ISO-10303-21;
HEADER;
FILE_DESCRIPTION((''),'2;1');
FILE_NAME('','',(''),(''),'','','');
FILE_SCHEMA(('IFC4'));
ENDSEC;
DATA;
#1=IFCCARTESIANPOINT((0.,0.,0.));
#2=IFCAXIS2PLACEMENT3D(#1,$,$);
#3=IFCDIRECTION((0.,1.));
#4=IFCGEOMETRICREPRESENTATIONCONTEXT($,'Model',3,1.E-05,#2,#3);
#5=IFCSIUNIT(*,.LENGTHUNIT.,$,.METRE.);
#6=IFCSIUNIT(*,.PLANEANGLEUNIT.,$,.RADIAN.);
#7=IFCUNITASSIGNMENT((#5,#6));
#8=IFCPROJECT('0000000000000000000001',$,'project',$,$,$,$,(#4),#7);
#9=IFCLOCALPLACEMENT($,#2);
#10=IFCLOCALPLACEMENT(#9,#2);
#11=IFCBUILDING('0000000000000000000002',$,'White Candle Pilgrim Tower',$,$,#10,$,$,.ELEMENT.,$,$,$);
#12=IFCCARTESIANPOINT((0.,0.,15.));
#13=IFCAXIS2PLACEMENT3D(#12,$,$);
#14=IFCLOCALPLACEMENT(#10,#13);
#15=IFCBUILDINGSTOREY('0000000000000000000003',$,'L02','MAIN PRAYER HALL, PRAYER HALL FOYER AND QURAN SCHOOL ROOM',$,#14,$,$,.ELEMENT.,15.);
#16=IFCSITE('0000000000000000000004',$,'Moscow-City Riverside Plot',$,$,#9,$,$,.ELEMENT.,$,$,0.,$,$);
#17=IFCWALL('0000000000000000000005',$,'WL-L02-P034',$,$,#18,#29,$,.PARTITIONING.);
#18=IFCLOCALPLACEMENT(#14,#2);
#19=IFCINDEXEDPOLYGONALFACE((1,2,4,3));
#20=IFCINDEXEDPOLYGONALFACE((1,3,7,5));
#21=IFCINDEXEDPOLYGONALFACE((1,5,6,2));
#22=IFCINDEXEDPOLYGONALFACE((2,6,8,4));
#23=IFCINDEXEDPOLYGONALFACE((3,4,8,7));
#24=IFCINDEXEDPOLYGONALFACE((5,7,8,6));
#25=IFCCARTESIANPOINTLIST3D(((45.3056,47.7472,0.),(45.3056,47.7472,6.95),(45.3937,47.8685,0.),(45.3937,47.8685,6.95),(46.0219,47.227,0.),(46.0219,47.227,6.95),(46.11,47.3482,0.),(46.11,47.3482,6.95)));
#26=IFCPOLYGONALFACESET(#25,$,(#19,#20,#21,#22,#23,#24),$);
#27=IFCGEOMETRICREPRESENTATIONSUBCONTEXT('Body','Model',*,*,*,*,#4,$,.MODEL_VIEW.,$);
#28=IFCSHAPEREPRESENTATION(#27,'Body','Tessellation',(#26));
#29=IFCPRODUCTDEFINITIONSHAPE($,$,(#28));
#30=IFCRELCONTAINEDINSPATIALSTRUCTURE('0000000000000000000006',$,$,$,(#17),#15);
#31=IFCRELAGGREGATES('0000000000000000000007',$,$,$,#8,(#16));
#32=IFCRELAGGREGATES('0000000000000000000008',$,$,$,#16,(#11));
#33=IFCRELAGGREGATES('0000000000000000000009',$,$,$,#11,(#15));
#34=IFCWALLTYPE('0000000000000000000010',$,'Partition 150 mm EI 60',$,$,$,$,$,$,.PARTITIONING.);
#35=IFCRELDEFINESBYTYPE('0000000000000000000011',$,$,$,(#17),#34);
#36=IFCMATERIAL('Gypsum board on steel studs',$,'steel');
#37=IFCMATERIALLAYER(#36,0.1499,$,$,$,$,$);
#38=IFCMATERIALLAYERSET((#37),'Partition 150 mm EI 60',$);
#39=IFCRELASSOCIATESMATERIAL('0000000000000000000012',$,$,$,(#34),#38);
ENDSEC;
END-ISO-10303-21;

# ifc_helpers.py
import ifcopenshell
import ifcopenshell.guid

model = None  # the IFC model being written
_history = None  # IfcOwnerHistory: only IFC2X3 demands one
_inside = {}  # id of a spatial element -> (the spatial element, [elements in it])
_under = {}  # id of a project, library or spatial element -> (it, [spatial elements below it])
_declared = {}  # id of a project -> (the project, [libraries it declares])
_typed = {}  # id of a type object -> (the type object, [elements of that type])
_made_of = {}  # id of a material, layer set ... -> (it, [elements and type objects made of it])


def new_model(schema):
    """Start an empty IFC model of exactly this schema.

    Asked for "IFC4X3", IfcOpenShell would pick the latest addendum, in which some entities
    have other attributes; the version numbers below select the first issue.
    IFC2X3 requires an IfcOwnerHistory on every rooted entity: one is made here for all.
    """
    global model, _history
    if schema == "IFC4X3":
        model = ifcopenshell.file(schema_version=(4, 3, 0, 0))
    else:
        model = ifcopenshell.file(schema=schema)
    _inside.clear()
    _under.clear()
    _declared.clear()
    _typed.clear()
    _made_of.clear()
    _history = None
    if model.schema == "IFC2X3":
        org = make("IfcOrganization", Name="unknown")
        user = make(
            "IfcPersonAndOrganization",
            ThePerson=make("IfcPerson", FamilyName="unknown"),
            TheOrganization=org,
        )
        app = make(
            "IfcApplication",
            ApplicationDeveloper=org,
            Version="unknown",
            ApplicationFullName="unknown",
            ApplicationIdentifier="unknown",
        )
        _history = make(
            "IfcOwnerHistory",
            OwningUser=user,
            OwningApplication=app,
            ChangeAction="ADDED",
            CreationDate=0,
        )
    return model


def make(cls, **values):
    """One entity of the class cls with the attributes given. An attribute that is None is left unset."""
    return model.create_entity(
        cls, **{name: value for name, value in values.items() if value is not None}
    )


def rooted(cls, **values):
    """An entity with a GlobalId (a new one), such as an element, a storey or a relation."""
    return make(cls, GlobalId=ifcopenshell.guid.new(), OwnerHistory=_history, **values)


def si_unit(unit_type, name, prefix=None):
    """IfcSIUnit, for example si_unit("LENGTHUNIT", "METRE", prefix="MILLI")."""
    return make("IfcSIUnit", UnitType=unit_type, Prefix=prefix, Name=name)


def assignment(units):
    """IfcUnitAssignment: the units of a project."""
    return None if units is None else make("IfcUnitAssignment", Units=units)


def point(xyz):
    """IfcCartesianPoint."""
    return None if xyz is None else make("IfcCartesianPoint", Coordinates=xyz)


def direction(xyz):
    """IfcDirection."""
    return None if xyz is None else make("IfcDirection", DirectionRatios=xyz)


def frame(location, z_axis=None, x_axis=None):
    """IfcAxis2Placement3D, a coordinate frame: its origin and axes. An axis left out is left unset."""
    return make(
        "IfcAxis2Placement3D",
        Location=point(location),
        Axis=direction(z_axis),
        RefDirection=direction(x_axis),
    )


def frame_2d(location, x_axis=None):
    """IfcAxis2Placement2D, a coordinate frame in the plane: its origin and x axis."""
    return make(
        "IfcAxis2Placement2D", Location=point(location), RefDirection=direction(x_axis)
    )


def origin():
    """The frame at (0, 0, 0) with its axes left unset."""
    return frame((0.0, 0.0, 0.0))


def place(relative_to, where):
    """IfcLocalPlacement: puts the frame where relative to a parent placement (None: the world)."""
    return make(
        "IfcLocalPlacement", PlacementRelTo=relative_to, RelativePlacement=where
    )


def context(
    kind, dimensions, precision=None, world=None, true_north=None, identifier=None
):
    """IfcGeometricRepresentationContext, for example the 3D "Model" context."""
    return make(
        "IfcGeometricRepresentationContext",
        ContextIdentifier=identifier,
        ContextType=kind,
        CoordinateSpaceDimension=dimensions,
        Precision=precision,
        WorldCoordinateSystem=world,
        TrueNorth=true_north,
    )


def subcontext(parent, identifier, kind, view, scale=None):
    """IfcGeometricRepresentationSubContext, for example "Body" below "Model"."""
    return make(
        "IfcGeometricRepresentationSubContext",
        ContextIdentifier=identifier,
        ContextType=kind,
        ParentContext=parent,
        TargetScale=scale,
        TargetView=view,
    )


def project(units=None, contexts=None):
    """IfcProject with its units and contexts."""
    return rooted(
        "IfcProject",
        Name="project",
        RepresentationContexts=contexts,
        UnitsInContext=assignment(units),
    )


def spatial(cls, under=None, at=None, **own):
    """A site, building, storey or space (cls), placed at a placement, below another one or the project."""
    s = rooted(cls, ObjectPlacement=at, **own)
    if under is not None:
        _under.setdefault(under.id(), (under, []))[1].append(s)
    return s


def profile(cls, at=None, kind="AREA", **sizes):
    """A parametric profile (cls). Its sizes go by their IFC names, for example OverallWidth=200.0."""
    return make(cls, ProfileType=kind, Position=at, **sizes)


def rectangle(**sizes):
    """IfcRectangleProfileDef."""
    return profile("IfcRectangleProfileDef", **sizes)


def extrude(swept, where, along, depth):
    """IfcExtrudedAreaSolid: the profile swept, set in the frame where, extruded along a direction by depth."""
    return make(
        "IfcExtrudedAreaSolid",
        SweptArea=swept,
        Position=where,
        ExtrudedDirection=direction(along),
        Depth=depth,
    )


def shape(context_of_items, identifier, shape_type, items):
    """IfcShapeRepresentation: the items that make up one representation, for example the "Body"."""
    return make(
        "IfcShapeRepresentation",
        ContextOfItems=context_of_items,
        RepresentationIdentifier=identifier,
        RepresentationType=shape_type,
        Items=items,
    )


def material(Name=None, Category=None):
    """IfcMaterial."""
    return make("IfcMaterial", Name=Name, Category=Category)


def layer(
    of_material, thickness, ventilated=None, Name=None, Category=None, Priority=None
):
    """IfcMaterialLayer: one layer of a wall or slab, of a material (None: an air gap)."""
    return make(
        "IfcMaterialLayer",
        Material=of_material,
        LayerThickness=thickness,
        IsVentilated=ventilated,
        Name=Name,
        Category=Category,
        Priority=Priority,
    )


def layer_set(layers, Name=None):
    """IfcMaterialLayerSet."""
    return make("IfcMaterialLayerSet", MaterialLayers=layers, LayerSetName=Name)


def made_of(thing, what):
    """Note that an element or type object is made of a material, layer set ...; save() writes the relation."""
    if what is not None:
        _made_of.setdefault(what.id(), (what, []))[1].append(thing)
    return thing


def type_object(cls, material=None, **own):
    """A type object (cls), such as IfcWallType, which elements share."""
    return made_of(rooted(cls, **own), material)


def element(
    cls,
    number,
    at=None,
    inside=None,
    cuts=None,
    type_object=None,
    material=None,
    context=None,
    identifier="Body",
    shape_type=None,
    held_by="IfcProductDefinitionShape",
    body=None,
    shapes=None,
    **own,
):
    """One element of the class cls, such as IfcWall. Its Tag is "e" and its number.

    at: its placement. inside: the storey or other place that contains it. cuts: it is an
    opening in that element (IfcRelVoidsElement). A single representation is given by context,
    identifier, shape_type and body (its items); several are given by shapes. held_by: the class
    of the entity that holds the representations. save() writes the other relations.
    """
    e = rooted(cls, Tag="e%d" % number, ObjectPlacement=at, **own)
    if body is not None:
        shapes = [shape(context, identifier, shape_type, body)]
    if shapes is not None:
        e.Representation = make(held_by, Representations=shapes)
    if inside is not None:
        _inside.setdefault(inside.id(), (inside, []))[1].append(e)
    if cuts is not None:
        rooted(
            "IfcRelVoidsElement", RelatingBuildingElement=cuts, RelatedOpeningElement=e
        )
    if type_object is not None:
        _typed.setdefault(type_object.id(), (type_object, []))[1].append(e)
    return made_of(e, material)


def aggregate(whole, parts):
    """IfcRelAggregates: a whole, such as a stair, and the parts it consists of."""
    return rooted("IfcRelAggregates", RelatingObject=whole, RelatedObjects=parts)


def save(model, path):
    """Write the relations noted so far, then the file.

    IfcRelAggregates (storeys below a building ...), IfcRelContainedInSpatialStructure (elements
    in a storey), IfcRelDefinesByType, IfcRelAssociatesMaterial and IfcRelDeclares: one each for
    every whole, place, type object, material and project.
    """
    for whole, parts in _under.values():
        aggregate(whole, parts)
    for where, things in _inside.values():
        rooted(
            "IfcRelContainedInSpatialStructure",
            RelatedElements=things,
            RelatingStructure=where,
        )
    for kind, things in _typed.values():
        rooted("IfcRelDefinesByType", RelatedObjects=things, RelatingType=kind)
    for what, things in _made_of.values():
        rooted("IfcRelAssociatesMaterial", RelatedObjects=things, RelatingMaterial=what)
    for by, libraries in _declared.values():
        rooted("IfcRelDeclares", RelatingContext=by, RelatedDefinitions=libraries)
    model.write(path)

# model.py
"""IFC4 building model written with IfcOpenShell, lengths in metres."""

from ifc_helpers import new_model, si_unit, direction, frame, frame_2d, origin, place, context, subcontext, project, spatial, rectangle, extrude, material, layer, layer_set, type_object, element, save


model = new_model("IFC4")

# Units and contexts
model_context = context("Model", 3, precision=1e-05, world=origin(), true_north=direction((0.0, 1.0)))
body_context = subcontext(model_context, "Body", "Model", "MODEL_VIEW")
ifc_project = project(units=[si_unit("LENGTHUNIT", "METRE"), si_unit("PLANEANGLEUNIT", "RADIAN")], contexts=[model_context])

# Site, building, storey
site_placement = place(None, origin())
site = spatial("IfcSite", under=ifc_project, at=site_placement, Name="Moscow-City Riverside Plot", CompositionType="ELEMENT", RefElevation=0.0)
building_placement = place(site_placement, origin())
building = spatial("IfcBuilding", under=site, at=building_placement, Name="White Candle Pilgrim Tower", CompositionType="ELEMENT")
storey_placement = place(building_placement, frame((0.0, 0.0, 15.0)))
storey = spatial("IfcBuildingStorey", under=building, at=storey_placement, Name="L02", Description="MAIN PRAYER HALL, PRAYER HALL FOYER AND QURAN SCHOOL ROOM", CompositionType="ELEMENT", Elevation=15.0)

# Wall
ifc_material_1 = material(Name="Gypsum board on steel studs", Category="steel")
ifc_layer_1 = layer(ifc_material_1, 0.1499)
ifc_layer_set_1 = layer_set([ifc_layer_1], Name="Partition 150 mm EI 60")
wall_type_1 = type_object("IfcWallType", Name="Partition 150 mm EI 60", PredefinedType="PARTITIONING", material=ifc_layer_set_1)
wall_1_placement = place(storey_placement, frame((46.0659, 47.2876, 0.0), z_axis=(0.0, 0.0, 1.0), x_axis=(-0.809106, 0.587663, 0.0)))
element("IfcWall", 1, at=wall_1_placement, inside=storey, type_object=wall_type_1, Name="WL-L02-P034", PredefinedType="PARTITIONING", context=body_context, shape_type="SweptSolid", body=[
    extrude(rectangle(XDim=0.8853, YDim=0.1499, at=frame_2d((0.4426, 0.0))), origin(), (0.0, 0.0, 1.0), 6.95),
])

save(model, "model.ifc")
